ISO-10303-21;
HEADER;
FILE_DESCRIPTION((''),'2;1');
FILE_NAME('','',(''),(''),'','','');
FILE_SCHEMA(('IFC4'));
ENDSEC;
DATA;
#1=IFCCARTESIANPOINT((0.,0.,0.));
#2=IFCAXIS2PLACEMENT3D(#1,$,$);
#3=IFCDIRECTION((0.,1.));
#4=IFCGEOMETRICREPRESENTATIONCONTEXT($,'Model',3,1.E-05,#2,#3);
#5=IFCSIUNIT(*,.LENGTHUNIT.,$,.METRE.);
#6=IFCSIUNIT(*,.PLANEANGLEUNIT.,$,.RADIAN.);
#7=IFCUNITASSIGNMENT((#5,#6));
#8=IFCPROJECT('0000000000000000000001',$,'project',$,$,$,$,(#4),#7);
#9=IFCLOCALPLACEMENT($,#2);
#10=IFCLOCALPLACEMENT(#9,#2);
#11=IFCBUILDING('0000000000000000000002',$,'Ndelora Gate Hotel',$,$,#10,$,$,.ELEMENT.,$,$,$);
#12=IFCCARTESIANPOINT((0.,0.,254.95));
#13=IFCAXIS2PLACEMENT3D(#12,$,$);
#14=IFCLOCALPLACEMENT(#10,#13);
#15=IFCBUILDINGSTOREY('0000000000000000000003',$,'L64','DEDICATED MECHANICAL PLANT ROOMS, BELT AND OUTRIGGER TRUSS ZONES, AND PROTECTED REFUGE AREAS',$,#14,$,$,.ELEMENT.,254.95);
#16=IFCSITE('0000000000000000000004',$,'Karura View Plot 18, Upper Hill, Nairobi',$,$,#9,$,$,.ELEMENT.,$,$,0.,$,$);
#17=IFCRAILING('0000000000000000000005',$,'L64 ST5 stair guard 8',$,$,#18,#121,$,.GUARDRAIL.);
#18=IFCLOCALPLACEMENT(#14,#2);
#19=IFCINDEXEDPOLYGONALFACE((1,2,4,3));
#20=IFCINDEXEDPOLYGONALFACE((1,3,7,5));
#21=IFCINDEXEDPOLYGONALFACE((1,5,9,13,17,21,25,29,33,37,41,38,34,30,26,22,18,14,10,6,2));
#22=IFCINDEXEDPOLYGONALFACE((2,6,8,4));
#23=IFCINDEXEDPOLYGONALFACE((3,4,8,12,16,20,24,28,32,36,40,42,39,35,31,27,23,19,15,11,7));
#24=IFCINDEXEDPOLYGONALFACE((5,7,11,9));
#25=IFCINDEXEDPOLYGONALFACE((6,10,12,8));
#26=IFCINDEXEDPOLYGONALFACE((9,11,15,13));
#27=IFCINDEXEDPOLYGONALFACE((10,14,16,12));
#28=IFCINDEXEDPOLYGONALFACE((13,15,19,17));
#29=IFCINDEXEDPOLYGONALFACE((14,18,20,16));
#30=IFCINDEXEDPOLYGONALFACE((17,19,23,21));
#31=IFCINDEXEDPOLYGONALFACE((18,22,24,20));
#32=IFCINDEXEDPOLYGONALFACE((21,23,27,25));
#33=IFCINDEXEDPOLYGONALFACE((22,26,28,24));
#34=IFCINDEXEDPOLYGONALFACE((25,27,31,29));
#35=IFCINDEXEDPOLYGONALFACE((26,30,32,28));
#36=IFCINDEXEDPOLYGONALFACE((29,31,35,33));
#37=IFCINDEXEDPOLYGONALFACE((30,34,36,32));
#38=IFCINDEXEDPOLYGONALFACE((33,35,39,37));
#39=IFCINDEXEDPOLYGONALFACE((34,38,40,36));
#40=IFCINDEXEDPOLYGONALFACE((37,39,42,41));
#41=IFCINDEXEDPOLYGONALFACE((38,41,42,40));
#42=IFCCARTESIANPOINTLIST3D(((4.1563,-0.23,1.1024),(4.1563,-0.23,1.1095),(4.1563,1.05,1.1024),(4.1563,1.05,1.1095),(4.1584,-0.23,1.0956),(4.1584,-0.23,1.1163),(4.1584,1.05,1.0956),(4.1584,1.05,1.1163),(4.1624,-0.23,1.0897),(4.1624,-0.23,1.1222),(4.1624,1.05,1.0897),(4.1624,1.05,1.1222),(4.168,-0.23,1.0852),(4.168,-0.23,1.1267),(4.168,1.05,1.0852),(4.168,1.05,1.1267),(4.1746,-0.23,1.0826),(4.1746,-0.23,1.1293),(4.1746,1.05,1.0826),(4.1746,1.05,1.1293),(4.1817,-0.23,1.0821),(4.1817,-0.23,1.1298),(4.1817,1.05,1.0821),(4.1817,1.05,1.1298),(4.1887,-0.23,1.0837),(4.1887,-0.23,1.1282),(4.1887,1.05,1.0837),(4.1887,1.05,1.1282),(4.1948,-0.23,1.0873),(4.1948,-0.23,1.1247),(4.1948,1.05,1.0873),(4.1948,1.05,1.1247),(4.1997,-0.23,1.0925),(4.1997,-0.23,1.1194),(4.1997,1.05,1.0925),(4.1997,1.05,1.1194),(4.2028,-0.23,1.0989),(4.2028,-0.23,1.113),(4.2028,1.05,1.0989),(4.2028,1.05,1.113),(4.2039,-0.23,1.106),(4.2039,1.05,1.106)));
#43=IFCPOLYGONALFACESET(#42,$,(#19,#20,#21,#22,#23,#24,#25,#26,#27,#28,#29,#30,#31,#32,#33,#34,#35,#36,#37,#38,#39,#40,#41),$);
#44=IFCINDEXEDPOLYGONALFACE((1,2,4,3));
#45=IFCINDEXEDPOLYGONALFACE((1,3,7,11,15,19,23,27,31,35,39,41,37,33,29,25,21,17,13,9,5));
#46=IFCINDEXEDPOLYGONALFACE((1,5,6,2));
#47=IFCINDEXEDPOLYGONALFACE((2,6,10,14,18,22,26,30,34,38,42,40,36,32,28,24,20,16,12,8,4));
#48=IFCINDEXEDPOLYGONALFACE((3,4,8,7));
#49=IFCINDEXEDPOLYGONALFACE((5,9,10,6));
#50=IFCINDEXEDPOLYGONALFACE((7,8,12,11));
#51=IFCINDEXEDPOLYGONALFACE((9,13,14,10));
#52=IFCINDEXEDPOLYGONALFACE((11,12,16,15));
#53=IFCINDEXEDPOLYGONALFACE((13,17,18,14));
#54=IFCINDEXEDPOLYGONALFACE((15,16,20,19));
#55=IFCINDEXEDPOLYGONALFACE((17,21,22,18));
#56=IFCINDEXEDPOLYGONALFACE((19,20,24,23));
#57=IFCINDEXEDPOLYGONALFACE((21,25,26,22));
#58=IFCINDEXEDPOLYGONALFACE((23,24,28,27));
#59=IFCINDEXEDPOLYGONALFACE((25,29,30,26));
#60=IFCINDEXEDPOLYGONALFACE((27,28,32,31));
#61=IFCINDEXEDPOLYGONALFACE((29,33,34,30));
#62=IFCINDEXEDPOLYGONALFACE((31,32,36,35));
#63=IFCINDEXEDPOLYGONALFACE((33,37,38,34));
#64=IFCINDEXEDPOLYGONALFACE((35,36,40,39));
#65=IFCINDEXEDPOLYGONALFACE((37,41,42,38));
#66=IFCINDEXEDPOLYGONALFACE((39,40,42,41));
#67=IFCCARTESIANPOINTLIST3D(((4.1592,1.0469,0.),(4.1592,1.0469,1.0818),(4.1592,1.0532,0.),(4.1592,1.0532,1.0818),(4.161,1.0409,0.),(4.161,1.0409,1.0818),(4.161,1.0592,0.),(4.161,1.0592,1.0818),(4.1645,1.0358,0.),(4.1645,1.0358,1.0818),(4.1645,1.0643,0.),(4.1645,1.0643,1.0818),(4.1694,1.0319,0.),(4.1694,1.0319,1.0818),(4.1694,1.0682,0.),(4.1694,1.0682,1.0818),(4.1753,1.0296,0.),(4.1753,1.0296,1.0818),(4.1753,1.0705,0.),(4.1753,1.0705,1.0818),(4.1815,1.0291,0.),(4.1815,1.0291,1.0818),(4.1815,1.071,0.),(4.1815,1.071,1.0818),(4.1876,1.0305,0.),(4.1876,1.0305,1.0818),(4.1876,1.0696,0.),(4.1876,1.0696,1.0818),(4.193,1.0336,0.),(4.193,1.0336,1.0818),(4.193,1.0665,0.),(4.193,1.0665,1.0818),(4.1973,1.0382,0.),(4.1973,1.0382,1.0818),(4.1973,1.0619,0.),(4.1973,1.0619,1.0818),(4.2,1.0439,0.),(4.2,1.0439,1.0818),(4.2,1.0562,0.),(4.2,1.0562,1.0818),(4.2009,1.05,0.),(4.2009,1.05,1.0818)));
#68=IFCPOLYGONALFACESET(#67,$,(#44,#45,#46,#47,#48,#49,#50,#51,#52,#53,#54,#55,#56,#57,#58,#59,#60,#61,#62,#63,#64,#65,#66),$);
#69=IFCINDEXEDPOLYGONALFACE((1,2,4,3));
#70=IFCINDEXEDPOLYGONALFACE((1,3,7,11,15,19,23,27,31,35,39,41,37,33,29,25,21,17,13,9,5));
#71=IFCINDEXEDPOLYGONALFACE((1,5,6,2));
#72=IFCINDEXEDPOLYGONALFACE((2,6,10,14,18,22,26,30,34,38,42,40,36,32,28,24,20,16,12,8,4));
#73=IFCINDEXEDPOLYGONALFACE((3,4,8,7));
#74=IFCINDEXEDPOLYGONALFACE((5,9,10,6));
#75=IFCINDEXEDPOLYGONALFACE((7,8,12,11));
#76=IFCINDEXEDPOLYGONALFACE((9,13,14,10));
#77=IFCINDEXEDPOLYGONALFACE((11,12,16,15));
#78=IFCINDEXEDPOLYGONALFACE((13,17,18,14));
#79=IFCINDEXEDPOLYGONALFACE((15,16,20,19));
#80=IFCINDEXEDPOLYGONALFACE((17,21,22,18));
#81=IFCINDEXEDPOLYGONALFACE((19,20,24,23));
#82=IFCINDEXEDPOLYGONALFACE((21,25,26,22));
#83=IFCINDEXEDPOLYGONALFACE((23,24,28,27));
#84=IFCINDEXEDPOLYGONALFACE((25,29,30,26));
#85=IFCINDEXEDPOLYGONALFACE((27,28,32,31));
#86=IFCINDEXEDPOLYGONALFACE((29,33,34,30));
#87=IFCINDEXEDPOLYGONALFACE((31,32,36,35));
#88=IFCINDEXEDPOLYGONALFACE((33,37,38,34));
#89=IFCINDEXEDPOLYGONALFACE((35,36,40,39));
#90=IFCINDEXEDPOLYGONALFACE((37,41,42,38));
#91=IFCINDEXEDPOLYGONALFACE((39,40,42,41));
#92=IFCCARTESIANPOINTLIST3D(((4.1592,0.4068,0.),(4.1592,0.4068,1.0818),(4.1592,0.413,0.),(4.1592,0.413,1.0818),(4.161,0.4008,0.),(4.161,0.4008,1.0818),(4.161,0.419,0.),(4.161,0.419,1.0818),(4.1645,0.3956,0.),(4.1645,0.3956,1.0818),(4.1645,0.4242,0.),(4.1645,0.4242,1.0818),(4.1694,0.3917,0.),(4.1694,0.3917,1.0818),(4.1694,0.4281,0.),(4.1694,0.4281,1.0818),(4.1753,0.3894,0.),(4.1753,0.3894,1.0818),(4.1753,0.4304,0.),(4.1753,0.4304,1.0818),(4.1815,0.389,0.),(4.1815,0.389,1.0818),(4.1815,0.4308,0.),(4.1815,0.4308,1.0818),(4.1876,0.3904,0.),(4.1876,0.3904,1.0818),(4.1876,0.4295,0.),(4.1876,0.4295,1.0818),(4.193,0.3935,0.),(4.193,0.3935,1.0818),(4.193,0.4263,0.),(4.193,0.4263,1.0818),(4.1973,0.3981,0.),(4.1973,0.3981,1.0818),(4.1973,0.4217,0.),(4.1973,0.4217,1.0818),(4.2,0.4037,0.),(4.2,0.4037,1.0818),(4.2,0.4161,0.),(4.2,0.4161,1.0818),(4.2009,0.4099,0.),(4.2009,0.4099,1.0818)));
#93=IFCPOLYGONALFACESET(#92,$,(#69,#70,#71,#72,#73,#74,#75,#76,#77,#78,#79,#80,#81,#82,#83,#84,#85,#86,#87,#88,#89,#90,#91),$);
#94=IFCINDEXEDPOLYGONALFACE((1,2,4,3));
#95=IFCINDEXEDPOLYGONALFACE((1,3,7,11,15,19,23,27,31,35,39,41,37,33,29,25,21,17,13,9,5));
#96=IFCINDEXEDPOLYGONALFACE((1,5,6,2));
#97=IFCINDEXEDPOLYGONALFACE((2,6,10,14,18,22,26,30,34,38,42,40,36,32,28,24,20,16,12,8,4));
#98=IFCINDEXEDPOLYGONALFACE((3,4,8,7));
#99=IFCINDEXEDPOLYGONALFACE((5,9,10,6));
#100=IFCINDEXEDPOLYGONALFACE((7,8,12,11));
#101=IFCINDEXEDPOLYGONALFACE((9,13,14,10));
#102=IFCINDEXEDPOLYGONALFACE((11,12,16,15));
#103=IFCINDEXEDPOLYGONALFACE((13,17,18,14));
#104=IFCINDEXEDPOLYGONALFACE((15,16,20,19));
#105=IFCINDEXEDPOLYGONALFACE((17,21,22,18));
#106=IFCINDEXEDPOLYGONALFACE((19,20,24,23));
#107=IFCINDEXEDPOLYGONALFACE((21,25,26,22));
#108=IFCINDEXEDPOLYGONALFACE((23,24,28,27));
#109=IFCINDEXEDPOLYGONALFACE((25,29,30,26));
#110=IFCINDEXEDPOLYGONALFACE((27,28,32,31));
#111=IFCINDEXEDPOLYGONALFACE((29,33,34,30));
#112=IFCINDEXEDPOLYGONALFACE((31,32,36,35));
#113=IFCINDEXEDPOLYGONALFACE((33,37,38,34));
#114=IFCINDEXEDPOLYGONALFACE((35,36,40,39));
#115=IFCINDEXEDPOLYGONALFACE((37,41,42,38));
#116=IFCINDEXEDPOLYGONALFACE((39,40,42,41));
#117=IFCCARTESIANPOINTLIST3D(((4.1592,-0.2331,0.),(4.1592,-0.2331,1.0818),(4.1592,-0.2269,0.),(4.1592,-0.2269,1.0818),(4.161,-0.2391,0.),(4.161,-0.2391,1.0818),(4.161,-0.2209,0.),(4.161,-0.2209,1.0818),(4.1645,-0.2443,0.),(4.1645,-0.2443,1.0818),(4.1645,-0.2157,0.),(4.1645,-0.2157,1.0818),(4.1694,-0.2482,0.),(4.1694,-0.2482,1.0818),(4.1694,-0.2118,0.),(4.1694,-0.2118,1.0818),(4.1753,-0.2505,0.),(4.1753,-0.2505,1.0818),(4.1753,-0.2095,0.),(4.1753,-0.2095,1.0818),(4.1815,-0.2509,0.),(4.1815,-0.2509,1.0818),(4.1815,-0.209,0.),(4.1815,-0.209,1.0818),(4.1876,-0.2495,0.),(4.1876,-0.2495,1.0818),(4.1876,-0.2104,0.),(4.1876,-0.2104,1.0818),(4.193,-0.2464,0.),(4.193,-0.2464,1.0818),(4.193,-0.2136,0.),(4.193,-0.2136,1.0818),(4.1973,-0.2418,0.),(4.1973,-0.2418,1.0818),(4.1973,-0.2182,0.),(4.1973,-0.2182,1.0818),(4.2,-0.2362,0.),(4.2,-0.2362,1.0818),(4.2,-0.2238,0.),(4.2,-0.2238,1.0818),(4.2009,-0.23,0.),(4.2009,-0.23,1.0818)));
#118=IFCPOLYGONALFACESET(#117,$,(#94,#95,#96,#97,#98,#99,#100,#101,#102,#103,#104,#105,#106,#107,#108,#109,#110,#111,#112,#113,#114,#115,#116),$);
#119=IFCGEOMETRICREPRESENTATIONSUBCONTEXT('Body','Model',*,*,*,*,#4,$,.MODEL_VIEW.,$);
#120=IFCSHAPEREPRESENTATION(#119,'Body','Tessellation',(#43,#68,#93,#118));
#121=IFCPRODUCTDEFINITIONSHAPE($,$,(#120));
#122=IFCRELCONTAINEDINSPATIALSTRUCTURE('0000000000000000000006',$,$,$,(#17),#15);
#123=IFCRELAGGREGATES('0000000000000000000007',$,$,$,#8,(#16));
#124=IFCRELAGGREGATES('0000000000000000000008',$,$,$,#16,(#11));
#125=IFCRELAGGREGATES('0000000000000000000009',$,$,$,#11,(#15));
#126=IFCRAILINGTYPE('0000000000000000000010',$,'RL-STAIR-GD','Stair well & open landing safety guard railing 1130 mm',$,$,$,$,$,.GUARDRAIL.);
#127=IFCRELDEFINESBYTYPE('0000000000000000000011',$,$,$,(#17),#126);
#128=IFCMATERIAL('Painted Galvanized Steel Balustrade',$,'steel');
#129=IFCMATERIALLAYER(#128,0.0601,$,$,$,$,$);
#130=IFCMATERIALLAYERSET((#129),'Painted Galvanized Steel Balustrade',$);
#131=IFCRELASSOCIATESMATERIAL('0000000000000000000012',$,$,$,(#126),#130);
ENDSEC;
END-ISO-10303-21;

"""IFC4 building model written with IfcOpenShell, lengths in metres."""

from ifc_helpers import new_model, si_unit, direction, frame, origin, origin_2d, place, context, subcontext, project, spatial, circle, extrude, material, layer, layer_set, type_object, element, save


model = new_model("IFC4")

# Units and contexts
model_context = context("Model", 3, precision=1e-05, world=origin(), true_north=direction((0.0, 1.0)))
body_context = subcontext(model_context, "Body", "Model", "MODEL_VIEW")
ifc_project = project(units=[si_unit("LENGTHUNIT", "METRE"), si_unit("PLANEANGLEUNIT", "RADIAN")], contexts=[model_context])

# Site, building, storey
site_placement = place(None, origin())
site = spatial("IfcSite", under=ifc_project, at=site_placement, Name="Karura View Plot 18, Upper Hill, Nairobi", CompositionType="ELEMENT", RefElevation=0.0)
building_placement = place(site_placement, origin())
building = spatial("IfcBuilding", under=site, at=building_placement, Name="Ndelora Gate Hotel", CompositionType="ELEMENT")
storey_placement = place(building_placement, frame((0.0, 0.0, 254.95)))
storey = spatial("IfcBuildingStorey", under=building, at=storey_placement, Name="L64", Description="DEDICATED MECHANICAL PLANT ROOMS, BELT AND OUTRIGGER TRUSS ZONES, AND PROTECTED REFUGE AREAS", CompositionType="ELEMENT", Elevation=254.95)

# Railing
ifc_material_1 = material(Name="Painted Galvanized Steel Balustrade", Category="steel")
ifc_layer_1 = layer(ifc_material_1, 0.0601)
ifc_layer_set_1 = layer_set([ifc_layer_1], Name="Painted Galvanized Steel Balustrade")
railing_type = type_object("IfcRailingType", Name="RL-STAIR-GD", Description="Stair well & open landing safety guard railing 1130 mm", PredefinedType="GUARDRAIL", material=ifc_layer_set_1)
for number, where, name in (
    (1, (4.1799, 1.05, 0.0), "L64 ST5 stair guard 8"),
):
    element("IfcRailing", number, at=place(storey_placement, frame(where)), inside=storey, type_object=railing_type, Name=name, PredefinedType="GUARDRAIL", context=body_context, shape_type="SweptSolid", body=[
        extrude(circle(Radius=0.0239, at=origin_2d()), frame((0.0, 0.0, 1.106), z_axis=(0.0, -1.0, 0.0), x_axis=(1.0, 0.0, 0.0)), (0.0, 0.0, 1.0), 1.28),
        extrude(circle(Radius=0.021, at=origin_2d()), origin(), (0.0, 0.0, 1.0), 1.0818),
        extrude(circle(Radius=0.021, at=origin_2d()), frame((0.0, -0.6401, 0.0)), (0.0, 0.0, 1.0), 1.0818),
        extrude(circle(Radius=0.021, at=origin_2d()), frame((0.0, -1.28, 0.0)), (0.0, 0.0, 1.0), 1.0818),
    ])

save(model, "model.ifc")
